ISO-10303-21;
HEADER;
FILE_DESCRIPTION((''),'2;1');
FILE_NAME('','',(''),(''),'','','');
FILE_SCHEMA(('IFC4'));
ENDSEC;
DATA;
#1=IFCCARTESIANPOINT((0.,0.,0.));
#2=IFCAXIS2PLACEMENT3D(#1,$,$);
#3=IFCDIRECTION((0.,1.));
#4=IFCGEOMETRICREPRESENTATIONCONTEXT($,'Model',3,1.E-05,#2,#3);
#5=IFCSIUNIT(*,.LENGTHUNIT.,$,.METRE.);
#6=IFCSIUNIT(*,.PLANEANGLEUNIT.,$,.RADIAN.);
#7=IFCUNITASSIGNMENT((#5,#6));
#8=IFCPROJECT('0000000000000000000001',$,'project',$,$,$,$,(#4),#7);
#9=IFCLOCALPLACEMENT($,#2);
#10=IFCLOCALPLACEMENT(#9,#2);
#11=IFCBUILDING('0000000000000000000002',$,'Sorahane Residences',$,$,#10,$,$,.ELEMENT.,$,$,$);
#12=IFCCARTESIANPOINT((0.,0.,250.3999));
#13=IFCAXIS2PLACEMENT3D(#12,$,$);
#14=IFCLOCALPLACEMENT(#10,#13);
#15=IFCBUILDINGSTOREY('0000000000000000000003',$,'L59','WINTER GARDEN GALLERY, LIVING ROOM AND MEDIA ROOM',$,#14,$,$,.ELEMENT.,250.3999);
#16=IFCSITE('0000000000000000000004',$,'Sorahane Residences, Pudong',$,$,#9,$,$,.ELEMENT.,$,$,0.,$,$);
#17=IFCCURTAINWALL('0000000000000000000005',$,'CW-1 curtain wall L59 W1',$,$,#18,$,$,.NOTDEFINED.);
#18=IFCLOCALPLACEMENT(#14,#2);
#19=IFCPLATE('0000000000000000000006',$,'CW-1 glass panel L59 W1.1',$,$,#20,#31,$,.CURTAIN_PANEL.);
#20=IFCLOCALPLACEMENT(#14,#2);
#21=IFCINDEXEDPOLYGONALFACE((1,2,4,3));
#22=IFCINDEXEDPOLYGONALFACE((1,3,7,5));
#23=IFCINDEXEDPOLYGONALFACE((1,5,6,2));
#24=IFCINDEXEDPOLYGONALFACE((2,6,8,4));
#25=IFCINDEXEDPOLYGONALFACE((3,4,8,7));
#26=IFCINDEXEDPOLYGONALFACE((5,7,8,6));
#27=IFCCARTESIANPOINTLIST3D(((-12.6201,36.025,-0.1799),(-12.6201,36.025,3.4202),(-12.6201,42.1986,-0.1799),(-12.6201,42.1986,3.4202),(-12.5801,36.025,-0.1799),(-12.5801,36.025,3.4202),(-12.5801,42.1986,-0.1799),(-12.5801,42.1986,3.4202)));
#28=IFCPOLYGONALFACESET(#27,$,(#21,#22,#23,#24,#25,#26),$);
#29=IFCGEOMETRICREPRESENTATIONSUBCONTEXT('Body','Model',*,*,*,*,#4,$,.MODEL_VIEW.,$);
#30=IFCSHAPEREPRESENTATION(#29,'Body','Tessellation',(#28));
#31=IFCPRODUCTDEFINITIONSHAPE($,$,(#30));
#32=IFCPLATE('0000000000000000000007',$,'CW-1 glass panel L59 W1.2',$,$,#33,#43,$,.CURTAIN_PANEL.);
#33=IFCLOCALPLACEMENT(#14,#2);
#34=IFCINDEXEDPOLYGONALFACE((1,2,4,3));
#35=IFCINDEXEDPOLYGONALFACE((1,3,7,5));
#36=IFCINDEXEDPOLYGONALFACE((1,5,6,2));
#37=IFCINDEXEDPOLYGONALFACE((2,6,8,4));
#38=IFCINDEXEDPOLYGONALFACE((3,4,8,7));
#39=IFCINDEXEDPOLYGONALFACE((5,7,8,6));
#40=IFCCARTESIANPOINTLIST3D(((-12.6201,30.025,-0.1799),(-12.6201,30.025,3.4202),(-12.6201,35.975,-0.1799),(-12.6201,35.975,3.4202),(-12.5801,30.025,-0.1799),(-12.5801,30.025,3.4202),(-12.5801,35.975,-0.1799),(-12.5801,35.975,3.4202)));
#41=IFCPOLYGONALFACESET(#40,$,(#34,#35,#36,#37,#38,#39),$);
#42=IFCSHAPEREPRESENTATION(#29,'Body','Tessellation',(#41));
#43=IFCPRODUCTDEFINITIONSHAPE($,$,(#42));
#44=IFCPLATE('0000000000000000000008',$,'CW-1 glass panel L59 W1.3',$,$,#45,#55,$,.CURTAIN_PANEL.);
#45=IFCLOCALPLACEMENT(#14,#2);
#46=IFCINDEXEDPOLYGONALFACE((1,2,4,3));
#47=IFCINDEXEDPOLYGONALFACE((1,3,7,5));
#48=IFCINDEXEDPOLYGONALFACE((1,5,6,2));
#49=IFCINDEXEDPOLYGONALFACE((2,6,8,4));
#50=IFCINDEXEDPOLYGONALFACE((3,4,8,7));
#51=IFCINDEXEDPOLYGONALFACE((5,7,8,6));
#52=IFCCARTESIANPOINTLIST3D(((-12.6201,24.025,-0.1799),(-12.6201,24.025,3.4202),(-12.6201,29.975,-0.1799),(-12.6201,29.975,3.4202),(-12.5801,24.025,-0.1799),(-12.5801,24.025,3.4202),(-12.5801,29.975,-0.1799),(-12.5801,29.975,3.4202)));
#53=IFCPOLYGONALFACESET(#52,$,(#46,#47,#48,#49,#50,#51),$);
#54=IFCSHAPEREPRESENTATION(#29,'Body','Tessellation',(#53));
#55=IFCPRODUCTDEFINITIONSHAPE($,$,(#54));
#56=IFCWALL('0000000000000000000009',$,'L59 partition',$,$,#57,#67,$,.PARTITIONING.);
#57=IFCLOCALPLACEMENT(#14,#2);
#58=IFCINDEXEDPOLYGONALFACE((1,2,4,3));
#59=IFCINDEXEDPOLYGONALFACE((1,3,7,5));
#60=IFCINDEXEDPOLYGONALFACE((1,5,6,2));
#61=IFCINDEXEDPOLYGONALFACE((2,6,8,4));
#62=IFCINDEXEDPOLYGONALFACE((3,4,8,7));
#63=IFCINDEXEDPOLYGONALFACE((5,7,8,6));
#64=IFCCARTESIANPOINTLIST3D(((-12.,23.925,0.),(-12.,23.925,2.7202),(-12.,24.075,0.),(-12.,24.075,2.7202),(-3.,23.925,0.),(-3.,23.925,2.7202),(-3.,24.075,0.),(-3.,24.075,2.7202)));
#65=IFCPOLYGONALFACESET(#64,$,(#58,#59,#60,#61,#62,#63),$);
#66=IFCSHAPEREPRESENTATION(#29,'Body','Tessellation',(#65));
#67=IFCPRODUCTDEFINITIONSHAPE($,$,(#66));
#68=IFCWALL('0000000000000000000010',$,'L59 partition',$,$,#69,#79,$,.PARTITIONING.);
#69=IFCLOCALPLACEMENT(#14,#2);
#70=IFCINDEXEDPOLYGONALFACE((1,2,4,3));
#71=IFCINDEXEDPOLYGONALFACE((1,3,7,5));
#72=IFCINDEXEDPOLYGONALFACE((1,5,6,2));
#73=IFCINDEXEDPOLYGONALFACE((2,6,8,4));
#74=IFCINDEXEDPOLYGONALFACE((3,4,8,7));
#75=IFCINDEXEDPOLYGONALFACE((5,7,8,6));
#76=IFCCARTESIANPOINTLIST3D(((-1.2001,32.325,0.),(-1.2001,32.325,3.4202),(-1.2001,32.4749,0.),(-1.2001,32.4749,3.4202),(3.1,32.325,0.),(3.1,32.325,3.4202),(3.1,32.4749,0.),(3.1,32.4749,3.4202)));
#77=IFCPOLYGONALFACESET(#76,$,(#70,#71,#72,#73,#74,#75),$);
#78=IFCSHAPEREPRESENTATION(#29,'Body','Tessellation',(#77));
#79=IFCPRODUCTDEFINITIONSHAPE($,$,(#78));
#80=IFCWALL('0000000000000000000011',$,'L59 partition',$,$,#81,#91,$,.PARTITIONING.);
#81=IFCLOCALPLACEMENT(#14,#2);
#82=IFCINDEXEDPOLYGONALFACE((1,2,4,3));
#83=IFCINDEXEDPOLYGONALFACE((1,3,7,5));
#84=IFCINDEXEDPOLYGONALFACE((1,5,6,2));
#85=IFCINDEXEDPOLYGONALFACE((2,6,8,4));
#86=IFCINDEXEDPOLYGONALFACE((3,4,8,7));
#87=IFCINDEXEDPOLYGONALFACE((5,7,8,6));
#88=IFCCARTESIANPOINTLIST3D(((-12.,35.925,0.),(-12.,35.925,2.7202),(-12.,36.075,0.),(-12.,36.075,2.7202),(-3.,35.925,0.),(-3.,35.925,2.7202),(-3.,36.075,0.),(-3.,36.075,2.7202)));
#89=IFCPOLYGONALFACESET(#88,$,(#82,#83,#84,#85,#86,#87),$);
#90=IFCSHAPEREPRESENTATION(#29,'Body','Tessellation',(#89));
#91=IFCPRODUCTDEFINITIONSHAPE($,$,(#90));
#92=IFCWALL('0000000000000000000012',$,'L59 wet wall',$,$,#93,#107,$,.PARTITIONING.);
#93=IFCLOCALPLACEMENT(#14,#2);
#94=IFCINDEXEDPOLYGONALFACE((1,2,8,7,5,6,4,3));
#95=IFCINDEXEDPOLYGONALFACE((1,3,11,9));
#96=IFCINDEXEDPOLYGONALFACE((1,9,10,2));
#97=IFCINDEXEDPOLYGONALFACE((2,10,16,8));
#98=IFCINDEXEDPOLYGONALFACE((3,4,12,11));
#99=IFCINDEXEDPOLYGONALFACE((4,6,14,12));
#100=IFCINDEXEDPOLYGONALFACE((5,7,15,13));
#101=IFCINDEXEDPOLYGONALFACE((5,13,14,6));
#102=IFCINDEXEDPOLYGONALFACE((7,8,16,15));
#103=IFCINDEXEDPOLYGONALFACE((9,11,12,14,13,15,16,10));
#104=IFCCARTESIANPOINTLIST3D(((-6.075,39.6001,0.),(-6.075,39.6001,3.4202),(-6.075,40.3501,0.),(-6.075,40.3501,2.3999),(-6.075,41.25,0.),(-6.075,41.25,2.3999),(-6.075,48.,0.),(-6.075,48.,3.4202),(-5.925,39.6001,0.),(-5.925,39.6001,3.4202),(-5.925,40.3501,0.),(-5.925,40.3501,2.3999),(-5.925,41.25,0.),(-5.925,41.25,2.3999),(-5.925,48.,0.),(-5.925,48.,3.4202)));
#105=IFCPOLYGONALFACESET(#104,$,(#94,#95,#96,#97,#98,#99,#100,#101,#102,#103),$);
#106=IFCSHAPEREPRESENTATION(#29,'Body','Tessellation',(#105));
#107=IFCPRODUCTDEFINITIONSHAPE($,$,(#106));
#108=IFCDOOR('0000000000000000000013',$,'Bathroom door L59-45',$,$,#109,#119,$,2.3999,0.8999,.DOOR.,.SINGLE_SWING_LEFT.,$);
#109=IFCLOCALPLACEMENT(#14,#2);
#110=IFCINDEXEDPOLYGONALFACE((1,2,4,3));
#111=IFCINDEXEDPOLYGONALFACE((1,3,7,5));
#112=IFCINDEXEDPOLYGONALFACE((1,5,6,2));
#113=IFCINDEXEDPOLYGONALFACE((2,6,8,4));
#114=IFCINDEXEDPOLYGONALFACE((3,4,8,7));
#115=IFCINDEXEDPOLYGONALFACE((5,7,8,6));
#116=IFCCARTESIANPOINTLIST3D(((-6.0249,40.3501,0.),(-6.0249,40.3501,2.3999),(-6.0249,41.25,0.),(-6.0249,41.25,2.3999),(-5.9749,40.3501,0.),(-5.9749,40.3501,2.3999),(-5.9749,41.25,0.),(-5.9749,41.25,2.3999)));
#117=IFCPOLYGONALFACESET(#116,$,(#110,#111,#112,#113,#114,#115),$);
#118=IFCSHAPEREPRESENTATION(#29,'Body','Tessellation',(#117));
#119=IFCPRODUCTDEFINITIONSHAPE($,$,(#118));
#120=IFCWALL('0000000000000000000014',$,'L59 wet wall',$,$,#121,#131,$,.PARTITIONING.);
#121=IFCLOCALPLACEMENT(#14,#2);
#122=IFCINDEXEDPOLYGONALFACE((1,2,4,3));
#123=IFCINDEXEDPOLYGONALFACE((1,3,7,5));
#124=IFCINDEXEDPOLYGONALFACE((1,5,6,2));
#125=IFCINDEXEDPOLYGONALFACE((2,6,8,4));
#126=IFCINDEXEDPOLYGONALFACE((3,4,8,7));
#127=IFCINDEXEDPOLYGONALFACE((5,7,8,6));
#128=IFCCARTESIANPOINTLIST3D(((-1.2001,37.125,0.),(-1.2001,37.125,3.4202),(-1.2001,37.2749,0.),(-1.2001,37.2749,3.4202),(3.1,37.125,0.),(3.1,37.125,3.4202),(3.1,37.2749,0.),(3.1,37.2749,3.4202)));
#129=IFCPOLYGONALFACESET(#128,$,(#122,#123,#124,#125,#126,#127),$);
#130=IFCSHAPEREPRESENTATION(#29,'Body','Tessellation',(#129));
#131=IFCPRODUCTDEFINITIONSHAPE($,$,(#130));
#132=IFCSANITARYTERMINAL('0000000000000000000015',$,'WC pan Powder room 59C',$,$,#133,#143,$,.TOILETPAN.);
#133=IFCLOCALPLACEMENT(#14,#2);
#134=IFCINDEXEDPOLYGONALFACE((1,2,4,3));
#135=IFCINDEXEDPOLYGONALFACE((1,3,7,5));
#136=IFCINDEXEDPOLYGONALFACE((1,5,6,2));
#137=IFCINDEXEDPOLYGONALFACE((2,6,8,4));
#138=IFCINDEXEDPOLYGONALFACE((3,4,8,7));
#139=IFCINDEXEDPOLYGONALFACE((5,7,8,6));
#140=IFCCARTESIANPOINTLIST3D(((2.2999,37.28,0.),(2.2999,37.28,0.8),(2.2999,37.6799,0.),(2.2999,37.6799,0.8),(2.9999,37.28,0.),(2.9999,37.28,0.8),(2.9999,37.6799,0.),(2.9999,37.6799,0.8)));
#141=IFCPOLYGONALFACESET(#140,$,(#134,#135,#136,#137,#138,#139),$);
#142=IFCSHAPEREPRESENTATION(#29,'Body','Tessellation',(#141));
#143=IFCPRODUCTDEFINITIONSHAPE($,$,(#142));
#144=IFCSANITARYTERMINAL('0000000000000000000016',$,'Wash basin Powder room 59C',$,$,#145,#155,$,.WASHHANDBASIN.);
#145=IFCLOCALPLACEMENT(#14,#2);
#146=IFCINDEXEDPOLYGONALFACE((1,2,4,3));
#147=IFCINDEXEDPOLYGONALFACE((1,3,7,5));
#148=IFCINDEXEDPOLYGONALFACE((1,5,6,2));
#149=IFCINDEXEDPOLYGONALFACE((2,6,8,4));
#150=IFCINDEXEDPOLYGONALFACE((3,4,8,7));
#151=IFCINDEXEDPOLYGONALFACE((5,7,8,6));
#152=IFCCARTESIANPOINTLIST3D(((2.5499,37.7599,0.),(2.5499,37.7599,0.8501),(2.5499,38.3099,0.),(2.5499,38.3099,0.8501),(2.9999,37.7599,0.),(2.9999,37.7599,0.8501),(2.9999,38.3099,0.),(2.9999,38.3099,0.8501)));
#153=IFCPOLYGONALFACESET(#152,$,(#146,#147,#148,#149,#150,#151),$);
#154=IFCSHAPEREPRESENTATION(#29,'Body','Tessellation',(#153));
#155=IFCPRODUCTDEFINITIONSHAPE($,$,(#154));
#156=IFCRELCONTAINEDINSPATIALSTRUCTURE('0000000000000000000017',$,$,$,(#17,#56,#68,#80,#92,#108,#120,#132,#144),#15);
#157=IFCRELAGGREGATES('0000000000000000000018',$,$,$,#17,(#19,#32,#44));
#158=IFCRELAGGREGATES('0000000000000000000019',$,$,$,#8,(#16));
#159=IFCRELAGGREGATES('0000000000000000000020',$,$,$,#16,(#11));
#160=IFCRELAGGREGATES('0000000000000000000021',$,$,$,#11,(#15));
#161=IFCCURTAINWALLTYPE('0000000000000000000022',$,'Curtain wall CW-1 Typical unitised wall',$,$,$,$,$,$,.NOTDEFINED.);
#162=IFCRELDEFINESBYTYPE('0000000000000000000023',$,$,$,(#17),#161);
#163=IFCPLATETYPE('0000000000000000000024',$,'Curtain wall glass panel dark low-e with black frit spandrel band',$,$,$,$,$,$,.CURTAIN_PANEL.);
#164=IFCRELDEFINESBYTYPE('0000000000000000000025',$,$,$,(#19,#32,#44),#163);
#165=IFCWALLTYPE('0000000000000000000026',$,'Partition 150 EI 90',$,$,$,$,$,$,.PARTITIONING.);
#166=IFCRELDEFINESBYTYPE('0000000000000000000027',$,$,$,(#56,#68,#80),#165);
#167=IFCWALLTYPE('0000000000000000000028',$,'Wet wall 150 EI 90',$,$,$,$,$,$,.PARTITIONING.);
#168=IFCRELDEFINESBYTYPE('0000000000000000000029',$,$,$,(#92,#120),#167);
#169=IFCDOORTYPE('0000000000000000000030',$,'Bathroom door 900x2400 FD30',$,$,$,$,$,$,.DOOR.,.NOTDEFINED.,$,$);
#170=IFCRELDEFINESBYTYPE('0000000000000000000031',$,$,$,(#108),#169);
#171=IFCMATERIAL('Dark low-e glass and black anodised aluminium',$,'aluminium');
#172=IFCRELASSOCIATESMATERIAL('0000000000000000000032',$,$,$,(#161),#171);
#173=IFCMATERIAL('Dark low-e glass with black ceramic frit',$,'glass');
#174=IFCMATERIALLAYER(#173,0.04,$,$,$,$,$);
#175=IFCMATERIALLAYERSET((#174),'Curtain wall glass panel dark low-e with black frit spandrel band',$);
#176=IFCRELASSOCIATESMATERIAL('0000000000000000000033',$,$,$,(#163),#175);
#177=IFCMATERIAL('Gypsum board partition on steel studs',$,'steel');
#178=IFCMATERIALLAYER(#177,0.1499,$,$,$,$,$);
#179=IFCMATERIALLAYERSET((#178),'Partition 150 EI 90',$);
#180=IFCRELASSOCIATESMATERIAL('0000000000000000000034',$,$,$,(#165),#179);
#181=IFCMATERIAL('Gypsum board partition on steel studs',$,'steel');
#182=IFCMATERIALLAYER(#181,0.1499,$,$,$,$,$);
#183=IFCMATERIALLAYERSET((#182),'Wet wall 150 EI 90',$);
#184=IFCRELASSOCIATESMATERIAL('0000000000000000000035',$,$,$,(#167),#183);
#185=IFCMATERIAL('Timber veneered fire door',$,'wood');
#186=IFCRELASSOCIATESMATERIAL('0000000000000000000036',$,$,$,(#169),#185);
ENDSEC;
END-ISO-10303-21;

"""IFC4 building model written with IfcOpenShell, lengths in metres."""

from ifc_helpers import new_model, si_unit, direction, frame, frame_2d, origin, origin_2d, place, context, subcontext, project, spatial, rectangle, extrude, material, layer, layer_set, type_object, element, fill, aggregate, save


model = new_model("IFC4")

# Units and contexts
model_context = context("Model", 3, precision=1e-05, world=origin(), true_north=direction((0.0, 1.0)))
body_context = subcontext(model_context, "Body", "Model", "MODEL_VIEW")
ifc_project = project(units=[si_unit("LENGTHUNIT", "METRE"), si_unit("PLANEANGLEUNIT", "RADIAN")], contexts=[model_context])

# Site, building, storey
site_placement = place(None, origin())
site = spatial("IfcSite", under=ifc_project, at=site_placement, Name="Sorahane Residences, Pudong", CompositionType="ELEMENT", RefElevation=0.0)
building_placement = place(site_placement, origin())
building = spatial("IfcBuilding", under=site, at=building_placement, Name="Sorahane Residences", CompositionType="ELEMENT")
storey_placement = place(building_placement, frame((0.0, 0.0, 250.3999)))
storey = spatial("IfcBuildingStorey", under=building, at=storey_placement, Name="L59", Description="WINTER GARDEN GALLERY, LIVING ROOM AND MEDIA ROOM", CompositionType="ELEMENT", Elevation=250.3999)

# Curtain wall
ifc_material_1 = material(Name="Dark low-e glass and black anodised aluminium", Category="aluminium")
curtain_wall_type = type_object("IfcCurtainWallType", Name="Curtain wall CW-1 Typical unitised wall", PredefinedType="NOTDEFINED", material=ifc_material_1)
curtain_wall_placement = place(storey_placement, origin())
curtain_wall = element("IfcCurtainWall", 1, at=curtain_wall_placement, inside=storey, type_object=curtain_wall_type, Name="CW-1 curtain wall L59 W1", PredefinedType="NOTDEFINED")

# Plates
ifc_material_2 = material(Name="Dark low-e glass with black ceramic frit", Category="glass")
ifc_layer_1 = layer(ifc_material_2, 0.04)
ifc_layer_set_1 = layer_set([ifc_layer_1], Name="Curtain wall glass panel dark low-e with black frit spandrel band")
plate_type = type_object("IfcPlateType", Name="Curtain wall glass panel dark low-e with black frit spandrel band", PredefinedType="CURTAIN_PANEL", material=ifc_layer_set_1)
plate_1_placement = place(storey_placement, frame((-12.6001, 39.1118, -0.1799), z_axis=(0.0, 0.0, 1.0), x_axis=(0.0, -1.0, 0.0)))
plate_1 = element("IfcPlate", 2, at=plate_1_placement, type_object=plate_type, Name="CW-1 glass panel L59 W1.1", PredefinedType="CURTAIN_PANEL", context=body_context, shape_type="SweptSolid", body=[
    extrude(rectangle(XDim=6.1736, YDim=0.04, at=origin_2d()), origin(), (0.0, 0.0, 1.0), 3.6001),
])
plate_2_placement = place(storey_placement, frame((-12.6001, 33.0, -0.1799), z_axis=(0.0, 0.0, 1.0), x_axis=(0.0, -1.0, 0.0)))
plate_2 = element("IfcPlate", 3, at=plate_2_placement, type_object=plate_type, Name="CW-1 glass panel L59 W1.2", PredefinedType="CURTAIN_PANEL", context=body_context, shape_type="SweptSolid", body=[
    extrude(rectangle(XDim=5.95, YDim=0.04, at=origin_2d()), origin(), (0.0, 0.0, 1.0), 3.6001),
])
plate_3_placement = place(storey_placement, frame((-12.6001, 27.0, -0.1799), z_axis=(0.0, 0.0, 1.0), x_axis=(0.0, -1.0, 0.0)))
plate_3 = element("IfcPlate", 4, at=plate_3_placement, type_object=plate_type, Name="CW-1 glass panel L59 W1.3", PredefinedType="CURTAIN_PANEL", context=body_context, shape_type="SweptSolid", body=[
    extrude(rectangle(XDim=5.95, YDim=0.04, at=origin_2d()), origin(), (0.0, 0.0, 1.0), 3.6001),
])
aggregate(curtain_wall, [plate_1, plate_2, plate_3])

# Walls
ifc_material_3 = material(Name="Gypsum board partition on steel studs", Category="steel")
ifc_layer_2 = layer(ifc_material_3, 0.1499)
ifc_layer_set_2 = layer_set([ifc_layer_2], Name="Partition 150 EI 90")
wall_type_1 = type_object("IfcWallType", Name="Partition 150 EI 90", PredefinedType="PARTITIONING", material=ifc_layer_set_2)
wall_1_placement = place(storey_placement, frame((-12.0, 24.0, 0.0), z_axis=(0.0, 0.0, 1.0), x_axis=(1.0, 0.0, 0.0)))
element("IfcWall", 5, at=wall_1_placement, inside=storey, type_object=wall_type_1, Name="L59 partition", PredefinedType="PARTITIONING", context=body_context, shape_type="SweptSolid", body=[
    extrude(rectangle(XDim=9.0, YDim=0.1499, at=frame_2d((4.5, 0.0))), origin(), (0.0, 0.0, 1.0), 2.7202),
])
wall_2_placement = place(storey_placement, frame((-1.2, 32.3999, 0.0), z_axis=(0.0, 0.0, 1.0), x_axis=(1.0, 0.0, 0.0)))
element("IfcWall", 6, at=wall_2_placement, inside=storey, type_object=wall_type_1, Name="L59 partition", PredefinedType="PARTITIONING", context=body_context, shape_type="SweptSolid", body=[
    extrude(rectangle(XDim=4.3, YDim=0.1499, at=frame_2d((2.1499, 0.0))), origin(), (0.0, 0.0, 1.0), 3.4202),
])
wall_3_placement = place(storey_placement, frame((-12.0, 36.0, 0.0), z_axis=(0.0, 0.0, 1.0), x_axis=(1.0, 0.0, 0.0)))
element("IfcWall", 7, at=wall_3_placement, inside=storey, type_object=wall_type_1, Name="L59 partition", PredefinedType="PARTITIONING", context=body_context, shape_type="SweptSolid", body=[
    extrude(rectangle(XDim=9.0, YDim=0.1499, at=frame_2d((4.5, 0.0))), origin(), (0.0, 0.0, 1.0), 2.7202),
])

# Wall, opening, door
ifc_material_4 = material(Name="Gypsum board partition on steel studs", Category="steel")
ifc_layer_3 = layer(ifc_material_4, 0.1499)
ifc_layer_set_3 = layer_set([ifc_layer_3], Name="Wet wall 150 EI 90")
wall_type_2 = type_object("IfcWallType", Name="Wet wall 150 EI 90", PredefinedType="PARTITIONING", material=ifc_layer_set_3)
ifc_material_5 = material(Name="Timber veneered fire door", Category="wood")
door_type = type_object("IfcDoorType", Name="Bathroom door 900x2400 FD30", OperationType="NOTDEFINED", PredefinedType="DOOR", material=ifc_material_5)
wall_4_placement = place(storey_placement, frame((-6.0, 39.6001, 0.0), z_axis=(0.0, 0.0, 1.0), x_axis=(0.0, 1.0, 0.0)))
wall_4 = element("IfcWall", 8, at=wall_4_placement, inside=storey, type_object=wall_type_2, Name="L59 wet wall", PredefinedType="PARTITIONING", context=body_context, shape_type="SweptSolid", body=[
    extrude(rectangle(XDim=8.3999, YDim=0.1499, at=frame_2d((4.2, 0.0))), origin(), (0.0, 0.0, 1.0), 3.4202),
])
opening_1_placement = place(wall_4_placement, frame((0.75, 0.0, 0.0)))
opening_1 = element("IfcOpeningElement", 9, at=opening_1_placement, cuts=wall_4, PredefinedType="OPENING", context=body_context, shape_type="SweptSolid", body=[
    extrude(rectangle(XDim=0.8999, YDim=2.3999, at=frame_2d((0.45, 1.2))), frame((0.0, 0.085, 0.0), z_axis=(0.0, -1.0, 0.0), x_axis=(1.0, 0.0, 0.0)), (0.0, 0.0, 1.0), 0.1699),
])
door_1_placement = place(opening_1_placement, origin())
door_1 = element("IfcDoor", 10, at=door_1_placement, inside=storey, type_object=door_type, Name="Bathroom door L59-45", OperationType="SINGLE_SWING_LEFT", OverallHeight=2.3999, OverallWidth=0.8999, PredefinedType="DOOR", context=body_context, shape_type="SweptSolid", body=[
    extrude(rectangle(XDim=0.8999, YDim=2.3999, at=frame_2d((0.45, 1.2))), frame((0.0, 0.0249, 0.0), z_axis=(0.0, -1.0, 0.0), x_axis=(1.0, 0.0, 0.0)), (0.0, 0.0, 1.0), 0.05),
])
fill(opening_1, door_1)

# Wall
wall_5_placement = place(storey_placement, frame((-1.2, 37.2, 0.0), z_axis=(0.0, 0.0, 1.0), x_axis=(1.0, 0.0, 0.0)))
element("IfcWall", 11, at=wall_5_placement, inside=storey, type_object=wall_type_2, Name="L59 wet wall", PredefinedType="PARTITIONING", context=body_context, shape_type="SweptSolid", body=[
    extrude(rectangle(XDim=4.3, YDim=0.1499, at=frame_2d((2.1499, 0.0))), origin(), (0.0, 0.0, 1.0), 3.4202),
])

# Sanitary terminals
sanitary_terminal_1_placement = place(storey_placement, frame((2.6499, 37.48, 0.0), z_axis=(0.0, 0.0, 1.0), x_axis=(0.0, -1.0, 0.0)))
element("IfcSanitaryTerminal", 12, at=sanitary_terminal_1_placement, inside=storey, Name="WC pan Powder room 59C", PredefinedType="TOILETPAN", context=body_context, shape_type="SweptSolid", body=[
    extrude(rectangle(XDim=0.3999, YDim=0.7, at=origin_2d()), origin(), (0.0, 0.0, 1.0), 0.8),
])
sanitary_terminal_2_placement = place(storey_placement, frame((2.7749, 38.0349, 0.0), z_axis=(0.0, 0.0, 1.0), x_axis=(0.0, -1.0, 0.0)))
element("IfcSanitaryTerminal", 13, at=sanitary_terminal_2_placement, inside=storey, Name="Wash basin Powder room 59C", PredefinedType="WASHHANDBASIN", context=body_context, shape_type="SweptSolid", body=[
    extrude(rectangle(XDim=0.55, YDim=0.45, at=origin_2d()), origin(), (0.0, 0.0, 1.0), 0.8501),
])

save(model, "model.ifc")
